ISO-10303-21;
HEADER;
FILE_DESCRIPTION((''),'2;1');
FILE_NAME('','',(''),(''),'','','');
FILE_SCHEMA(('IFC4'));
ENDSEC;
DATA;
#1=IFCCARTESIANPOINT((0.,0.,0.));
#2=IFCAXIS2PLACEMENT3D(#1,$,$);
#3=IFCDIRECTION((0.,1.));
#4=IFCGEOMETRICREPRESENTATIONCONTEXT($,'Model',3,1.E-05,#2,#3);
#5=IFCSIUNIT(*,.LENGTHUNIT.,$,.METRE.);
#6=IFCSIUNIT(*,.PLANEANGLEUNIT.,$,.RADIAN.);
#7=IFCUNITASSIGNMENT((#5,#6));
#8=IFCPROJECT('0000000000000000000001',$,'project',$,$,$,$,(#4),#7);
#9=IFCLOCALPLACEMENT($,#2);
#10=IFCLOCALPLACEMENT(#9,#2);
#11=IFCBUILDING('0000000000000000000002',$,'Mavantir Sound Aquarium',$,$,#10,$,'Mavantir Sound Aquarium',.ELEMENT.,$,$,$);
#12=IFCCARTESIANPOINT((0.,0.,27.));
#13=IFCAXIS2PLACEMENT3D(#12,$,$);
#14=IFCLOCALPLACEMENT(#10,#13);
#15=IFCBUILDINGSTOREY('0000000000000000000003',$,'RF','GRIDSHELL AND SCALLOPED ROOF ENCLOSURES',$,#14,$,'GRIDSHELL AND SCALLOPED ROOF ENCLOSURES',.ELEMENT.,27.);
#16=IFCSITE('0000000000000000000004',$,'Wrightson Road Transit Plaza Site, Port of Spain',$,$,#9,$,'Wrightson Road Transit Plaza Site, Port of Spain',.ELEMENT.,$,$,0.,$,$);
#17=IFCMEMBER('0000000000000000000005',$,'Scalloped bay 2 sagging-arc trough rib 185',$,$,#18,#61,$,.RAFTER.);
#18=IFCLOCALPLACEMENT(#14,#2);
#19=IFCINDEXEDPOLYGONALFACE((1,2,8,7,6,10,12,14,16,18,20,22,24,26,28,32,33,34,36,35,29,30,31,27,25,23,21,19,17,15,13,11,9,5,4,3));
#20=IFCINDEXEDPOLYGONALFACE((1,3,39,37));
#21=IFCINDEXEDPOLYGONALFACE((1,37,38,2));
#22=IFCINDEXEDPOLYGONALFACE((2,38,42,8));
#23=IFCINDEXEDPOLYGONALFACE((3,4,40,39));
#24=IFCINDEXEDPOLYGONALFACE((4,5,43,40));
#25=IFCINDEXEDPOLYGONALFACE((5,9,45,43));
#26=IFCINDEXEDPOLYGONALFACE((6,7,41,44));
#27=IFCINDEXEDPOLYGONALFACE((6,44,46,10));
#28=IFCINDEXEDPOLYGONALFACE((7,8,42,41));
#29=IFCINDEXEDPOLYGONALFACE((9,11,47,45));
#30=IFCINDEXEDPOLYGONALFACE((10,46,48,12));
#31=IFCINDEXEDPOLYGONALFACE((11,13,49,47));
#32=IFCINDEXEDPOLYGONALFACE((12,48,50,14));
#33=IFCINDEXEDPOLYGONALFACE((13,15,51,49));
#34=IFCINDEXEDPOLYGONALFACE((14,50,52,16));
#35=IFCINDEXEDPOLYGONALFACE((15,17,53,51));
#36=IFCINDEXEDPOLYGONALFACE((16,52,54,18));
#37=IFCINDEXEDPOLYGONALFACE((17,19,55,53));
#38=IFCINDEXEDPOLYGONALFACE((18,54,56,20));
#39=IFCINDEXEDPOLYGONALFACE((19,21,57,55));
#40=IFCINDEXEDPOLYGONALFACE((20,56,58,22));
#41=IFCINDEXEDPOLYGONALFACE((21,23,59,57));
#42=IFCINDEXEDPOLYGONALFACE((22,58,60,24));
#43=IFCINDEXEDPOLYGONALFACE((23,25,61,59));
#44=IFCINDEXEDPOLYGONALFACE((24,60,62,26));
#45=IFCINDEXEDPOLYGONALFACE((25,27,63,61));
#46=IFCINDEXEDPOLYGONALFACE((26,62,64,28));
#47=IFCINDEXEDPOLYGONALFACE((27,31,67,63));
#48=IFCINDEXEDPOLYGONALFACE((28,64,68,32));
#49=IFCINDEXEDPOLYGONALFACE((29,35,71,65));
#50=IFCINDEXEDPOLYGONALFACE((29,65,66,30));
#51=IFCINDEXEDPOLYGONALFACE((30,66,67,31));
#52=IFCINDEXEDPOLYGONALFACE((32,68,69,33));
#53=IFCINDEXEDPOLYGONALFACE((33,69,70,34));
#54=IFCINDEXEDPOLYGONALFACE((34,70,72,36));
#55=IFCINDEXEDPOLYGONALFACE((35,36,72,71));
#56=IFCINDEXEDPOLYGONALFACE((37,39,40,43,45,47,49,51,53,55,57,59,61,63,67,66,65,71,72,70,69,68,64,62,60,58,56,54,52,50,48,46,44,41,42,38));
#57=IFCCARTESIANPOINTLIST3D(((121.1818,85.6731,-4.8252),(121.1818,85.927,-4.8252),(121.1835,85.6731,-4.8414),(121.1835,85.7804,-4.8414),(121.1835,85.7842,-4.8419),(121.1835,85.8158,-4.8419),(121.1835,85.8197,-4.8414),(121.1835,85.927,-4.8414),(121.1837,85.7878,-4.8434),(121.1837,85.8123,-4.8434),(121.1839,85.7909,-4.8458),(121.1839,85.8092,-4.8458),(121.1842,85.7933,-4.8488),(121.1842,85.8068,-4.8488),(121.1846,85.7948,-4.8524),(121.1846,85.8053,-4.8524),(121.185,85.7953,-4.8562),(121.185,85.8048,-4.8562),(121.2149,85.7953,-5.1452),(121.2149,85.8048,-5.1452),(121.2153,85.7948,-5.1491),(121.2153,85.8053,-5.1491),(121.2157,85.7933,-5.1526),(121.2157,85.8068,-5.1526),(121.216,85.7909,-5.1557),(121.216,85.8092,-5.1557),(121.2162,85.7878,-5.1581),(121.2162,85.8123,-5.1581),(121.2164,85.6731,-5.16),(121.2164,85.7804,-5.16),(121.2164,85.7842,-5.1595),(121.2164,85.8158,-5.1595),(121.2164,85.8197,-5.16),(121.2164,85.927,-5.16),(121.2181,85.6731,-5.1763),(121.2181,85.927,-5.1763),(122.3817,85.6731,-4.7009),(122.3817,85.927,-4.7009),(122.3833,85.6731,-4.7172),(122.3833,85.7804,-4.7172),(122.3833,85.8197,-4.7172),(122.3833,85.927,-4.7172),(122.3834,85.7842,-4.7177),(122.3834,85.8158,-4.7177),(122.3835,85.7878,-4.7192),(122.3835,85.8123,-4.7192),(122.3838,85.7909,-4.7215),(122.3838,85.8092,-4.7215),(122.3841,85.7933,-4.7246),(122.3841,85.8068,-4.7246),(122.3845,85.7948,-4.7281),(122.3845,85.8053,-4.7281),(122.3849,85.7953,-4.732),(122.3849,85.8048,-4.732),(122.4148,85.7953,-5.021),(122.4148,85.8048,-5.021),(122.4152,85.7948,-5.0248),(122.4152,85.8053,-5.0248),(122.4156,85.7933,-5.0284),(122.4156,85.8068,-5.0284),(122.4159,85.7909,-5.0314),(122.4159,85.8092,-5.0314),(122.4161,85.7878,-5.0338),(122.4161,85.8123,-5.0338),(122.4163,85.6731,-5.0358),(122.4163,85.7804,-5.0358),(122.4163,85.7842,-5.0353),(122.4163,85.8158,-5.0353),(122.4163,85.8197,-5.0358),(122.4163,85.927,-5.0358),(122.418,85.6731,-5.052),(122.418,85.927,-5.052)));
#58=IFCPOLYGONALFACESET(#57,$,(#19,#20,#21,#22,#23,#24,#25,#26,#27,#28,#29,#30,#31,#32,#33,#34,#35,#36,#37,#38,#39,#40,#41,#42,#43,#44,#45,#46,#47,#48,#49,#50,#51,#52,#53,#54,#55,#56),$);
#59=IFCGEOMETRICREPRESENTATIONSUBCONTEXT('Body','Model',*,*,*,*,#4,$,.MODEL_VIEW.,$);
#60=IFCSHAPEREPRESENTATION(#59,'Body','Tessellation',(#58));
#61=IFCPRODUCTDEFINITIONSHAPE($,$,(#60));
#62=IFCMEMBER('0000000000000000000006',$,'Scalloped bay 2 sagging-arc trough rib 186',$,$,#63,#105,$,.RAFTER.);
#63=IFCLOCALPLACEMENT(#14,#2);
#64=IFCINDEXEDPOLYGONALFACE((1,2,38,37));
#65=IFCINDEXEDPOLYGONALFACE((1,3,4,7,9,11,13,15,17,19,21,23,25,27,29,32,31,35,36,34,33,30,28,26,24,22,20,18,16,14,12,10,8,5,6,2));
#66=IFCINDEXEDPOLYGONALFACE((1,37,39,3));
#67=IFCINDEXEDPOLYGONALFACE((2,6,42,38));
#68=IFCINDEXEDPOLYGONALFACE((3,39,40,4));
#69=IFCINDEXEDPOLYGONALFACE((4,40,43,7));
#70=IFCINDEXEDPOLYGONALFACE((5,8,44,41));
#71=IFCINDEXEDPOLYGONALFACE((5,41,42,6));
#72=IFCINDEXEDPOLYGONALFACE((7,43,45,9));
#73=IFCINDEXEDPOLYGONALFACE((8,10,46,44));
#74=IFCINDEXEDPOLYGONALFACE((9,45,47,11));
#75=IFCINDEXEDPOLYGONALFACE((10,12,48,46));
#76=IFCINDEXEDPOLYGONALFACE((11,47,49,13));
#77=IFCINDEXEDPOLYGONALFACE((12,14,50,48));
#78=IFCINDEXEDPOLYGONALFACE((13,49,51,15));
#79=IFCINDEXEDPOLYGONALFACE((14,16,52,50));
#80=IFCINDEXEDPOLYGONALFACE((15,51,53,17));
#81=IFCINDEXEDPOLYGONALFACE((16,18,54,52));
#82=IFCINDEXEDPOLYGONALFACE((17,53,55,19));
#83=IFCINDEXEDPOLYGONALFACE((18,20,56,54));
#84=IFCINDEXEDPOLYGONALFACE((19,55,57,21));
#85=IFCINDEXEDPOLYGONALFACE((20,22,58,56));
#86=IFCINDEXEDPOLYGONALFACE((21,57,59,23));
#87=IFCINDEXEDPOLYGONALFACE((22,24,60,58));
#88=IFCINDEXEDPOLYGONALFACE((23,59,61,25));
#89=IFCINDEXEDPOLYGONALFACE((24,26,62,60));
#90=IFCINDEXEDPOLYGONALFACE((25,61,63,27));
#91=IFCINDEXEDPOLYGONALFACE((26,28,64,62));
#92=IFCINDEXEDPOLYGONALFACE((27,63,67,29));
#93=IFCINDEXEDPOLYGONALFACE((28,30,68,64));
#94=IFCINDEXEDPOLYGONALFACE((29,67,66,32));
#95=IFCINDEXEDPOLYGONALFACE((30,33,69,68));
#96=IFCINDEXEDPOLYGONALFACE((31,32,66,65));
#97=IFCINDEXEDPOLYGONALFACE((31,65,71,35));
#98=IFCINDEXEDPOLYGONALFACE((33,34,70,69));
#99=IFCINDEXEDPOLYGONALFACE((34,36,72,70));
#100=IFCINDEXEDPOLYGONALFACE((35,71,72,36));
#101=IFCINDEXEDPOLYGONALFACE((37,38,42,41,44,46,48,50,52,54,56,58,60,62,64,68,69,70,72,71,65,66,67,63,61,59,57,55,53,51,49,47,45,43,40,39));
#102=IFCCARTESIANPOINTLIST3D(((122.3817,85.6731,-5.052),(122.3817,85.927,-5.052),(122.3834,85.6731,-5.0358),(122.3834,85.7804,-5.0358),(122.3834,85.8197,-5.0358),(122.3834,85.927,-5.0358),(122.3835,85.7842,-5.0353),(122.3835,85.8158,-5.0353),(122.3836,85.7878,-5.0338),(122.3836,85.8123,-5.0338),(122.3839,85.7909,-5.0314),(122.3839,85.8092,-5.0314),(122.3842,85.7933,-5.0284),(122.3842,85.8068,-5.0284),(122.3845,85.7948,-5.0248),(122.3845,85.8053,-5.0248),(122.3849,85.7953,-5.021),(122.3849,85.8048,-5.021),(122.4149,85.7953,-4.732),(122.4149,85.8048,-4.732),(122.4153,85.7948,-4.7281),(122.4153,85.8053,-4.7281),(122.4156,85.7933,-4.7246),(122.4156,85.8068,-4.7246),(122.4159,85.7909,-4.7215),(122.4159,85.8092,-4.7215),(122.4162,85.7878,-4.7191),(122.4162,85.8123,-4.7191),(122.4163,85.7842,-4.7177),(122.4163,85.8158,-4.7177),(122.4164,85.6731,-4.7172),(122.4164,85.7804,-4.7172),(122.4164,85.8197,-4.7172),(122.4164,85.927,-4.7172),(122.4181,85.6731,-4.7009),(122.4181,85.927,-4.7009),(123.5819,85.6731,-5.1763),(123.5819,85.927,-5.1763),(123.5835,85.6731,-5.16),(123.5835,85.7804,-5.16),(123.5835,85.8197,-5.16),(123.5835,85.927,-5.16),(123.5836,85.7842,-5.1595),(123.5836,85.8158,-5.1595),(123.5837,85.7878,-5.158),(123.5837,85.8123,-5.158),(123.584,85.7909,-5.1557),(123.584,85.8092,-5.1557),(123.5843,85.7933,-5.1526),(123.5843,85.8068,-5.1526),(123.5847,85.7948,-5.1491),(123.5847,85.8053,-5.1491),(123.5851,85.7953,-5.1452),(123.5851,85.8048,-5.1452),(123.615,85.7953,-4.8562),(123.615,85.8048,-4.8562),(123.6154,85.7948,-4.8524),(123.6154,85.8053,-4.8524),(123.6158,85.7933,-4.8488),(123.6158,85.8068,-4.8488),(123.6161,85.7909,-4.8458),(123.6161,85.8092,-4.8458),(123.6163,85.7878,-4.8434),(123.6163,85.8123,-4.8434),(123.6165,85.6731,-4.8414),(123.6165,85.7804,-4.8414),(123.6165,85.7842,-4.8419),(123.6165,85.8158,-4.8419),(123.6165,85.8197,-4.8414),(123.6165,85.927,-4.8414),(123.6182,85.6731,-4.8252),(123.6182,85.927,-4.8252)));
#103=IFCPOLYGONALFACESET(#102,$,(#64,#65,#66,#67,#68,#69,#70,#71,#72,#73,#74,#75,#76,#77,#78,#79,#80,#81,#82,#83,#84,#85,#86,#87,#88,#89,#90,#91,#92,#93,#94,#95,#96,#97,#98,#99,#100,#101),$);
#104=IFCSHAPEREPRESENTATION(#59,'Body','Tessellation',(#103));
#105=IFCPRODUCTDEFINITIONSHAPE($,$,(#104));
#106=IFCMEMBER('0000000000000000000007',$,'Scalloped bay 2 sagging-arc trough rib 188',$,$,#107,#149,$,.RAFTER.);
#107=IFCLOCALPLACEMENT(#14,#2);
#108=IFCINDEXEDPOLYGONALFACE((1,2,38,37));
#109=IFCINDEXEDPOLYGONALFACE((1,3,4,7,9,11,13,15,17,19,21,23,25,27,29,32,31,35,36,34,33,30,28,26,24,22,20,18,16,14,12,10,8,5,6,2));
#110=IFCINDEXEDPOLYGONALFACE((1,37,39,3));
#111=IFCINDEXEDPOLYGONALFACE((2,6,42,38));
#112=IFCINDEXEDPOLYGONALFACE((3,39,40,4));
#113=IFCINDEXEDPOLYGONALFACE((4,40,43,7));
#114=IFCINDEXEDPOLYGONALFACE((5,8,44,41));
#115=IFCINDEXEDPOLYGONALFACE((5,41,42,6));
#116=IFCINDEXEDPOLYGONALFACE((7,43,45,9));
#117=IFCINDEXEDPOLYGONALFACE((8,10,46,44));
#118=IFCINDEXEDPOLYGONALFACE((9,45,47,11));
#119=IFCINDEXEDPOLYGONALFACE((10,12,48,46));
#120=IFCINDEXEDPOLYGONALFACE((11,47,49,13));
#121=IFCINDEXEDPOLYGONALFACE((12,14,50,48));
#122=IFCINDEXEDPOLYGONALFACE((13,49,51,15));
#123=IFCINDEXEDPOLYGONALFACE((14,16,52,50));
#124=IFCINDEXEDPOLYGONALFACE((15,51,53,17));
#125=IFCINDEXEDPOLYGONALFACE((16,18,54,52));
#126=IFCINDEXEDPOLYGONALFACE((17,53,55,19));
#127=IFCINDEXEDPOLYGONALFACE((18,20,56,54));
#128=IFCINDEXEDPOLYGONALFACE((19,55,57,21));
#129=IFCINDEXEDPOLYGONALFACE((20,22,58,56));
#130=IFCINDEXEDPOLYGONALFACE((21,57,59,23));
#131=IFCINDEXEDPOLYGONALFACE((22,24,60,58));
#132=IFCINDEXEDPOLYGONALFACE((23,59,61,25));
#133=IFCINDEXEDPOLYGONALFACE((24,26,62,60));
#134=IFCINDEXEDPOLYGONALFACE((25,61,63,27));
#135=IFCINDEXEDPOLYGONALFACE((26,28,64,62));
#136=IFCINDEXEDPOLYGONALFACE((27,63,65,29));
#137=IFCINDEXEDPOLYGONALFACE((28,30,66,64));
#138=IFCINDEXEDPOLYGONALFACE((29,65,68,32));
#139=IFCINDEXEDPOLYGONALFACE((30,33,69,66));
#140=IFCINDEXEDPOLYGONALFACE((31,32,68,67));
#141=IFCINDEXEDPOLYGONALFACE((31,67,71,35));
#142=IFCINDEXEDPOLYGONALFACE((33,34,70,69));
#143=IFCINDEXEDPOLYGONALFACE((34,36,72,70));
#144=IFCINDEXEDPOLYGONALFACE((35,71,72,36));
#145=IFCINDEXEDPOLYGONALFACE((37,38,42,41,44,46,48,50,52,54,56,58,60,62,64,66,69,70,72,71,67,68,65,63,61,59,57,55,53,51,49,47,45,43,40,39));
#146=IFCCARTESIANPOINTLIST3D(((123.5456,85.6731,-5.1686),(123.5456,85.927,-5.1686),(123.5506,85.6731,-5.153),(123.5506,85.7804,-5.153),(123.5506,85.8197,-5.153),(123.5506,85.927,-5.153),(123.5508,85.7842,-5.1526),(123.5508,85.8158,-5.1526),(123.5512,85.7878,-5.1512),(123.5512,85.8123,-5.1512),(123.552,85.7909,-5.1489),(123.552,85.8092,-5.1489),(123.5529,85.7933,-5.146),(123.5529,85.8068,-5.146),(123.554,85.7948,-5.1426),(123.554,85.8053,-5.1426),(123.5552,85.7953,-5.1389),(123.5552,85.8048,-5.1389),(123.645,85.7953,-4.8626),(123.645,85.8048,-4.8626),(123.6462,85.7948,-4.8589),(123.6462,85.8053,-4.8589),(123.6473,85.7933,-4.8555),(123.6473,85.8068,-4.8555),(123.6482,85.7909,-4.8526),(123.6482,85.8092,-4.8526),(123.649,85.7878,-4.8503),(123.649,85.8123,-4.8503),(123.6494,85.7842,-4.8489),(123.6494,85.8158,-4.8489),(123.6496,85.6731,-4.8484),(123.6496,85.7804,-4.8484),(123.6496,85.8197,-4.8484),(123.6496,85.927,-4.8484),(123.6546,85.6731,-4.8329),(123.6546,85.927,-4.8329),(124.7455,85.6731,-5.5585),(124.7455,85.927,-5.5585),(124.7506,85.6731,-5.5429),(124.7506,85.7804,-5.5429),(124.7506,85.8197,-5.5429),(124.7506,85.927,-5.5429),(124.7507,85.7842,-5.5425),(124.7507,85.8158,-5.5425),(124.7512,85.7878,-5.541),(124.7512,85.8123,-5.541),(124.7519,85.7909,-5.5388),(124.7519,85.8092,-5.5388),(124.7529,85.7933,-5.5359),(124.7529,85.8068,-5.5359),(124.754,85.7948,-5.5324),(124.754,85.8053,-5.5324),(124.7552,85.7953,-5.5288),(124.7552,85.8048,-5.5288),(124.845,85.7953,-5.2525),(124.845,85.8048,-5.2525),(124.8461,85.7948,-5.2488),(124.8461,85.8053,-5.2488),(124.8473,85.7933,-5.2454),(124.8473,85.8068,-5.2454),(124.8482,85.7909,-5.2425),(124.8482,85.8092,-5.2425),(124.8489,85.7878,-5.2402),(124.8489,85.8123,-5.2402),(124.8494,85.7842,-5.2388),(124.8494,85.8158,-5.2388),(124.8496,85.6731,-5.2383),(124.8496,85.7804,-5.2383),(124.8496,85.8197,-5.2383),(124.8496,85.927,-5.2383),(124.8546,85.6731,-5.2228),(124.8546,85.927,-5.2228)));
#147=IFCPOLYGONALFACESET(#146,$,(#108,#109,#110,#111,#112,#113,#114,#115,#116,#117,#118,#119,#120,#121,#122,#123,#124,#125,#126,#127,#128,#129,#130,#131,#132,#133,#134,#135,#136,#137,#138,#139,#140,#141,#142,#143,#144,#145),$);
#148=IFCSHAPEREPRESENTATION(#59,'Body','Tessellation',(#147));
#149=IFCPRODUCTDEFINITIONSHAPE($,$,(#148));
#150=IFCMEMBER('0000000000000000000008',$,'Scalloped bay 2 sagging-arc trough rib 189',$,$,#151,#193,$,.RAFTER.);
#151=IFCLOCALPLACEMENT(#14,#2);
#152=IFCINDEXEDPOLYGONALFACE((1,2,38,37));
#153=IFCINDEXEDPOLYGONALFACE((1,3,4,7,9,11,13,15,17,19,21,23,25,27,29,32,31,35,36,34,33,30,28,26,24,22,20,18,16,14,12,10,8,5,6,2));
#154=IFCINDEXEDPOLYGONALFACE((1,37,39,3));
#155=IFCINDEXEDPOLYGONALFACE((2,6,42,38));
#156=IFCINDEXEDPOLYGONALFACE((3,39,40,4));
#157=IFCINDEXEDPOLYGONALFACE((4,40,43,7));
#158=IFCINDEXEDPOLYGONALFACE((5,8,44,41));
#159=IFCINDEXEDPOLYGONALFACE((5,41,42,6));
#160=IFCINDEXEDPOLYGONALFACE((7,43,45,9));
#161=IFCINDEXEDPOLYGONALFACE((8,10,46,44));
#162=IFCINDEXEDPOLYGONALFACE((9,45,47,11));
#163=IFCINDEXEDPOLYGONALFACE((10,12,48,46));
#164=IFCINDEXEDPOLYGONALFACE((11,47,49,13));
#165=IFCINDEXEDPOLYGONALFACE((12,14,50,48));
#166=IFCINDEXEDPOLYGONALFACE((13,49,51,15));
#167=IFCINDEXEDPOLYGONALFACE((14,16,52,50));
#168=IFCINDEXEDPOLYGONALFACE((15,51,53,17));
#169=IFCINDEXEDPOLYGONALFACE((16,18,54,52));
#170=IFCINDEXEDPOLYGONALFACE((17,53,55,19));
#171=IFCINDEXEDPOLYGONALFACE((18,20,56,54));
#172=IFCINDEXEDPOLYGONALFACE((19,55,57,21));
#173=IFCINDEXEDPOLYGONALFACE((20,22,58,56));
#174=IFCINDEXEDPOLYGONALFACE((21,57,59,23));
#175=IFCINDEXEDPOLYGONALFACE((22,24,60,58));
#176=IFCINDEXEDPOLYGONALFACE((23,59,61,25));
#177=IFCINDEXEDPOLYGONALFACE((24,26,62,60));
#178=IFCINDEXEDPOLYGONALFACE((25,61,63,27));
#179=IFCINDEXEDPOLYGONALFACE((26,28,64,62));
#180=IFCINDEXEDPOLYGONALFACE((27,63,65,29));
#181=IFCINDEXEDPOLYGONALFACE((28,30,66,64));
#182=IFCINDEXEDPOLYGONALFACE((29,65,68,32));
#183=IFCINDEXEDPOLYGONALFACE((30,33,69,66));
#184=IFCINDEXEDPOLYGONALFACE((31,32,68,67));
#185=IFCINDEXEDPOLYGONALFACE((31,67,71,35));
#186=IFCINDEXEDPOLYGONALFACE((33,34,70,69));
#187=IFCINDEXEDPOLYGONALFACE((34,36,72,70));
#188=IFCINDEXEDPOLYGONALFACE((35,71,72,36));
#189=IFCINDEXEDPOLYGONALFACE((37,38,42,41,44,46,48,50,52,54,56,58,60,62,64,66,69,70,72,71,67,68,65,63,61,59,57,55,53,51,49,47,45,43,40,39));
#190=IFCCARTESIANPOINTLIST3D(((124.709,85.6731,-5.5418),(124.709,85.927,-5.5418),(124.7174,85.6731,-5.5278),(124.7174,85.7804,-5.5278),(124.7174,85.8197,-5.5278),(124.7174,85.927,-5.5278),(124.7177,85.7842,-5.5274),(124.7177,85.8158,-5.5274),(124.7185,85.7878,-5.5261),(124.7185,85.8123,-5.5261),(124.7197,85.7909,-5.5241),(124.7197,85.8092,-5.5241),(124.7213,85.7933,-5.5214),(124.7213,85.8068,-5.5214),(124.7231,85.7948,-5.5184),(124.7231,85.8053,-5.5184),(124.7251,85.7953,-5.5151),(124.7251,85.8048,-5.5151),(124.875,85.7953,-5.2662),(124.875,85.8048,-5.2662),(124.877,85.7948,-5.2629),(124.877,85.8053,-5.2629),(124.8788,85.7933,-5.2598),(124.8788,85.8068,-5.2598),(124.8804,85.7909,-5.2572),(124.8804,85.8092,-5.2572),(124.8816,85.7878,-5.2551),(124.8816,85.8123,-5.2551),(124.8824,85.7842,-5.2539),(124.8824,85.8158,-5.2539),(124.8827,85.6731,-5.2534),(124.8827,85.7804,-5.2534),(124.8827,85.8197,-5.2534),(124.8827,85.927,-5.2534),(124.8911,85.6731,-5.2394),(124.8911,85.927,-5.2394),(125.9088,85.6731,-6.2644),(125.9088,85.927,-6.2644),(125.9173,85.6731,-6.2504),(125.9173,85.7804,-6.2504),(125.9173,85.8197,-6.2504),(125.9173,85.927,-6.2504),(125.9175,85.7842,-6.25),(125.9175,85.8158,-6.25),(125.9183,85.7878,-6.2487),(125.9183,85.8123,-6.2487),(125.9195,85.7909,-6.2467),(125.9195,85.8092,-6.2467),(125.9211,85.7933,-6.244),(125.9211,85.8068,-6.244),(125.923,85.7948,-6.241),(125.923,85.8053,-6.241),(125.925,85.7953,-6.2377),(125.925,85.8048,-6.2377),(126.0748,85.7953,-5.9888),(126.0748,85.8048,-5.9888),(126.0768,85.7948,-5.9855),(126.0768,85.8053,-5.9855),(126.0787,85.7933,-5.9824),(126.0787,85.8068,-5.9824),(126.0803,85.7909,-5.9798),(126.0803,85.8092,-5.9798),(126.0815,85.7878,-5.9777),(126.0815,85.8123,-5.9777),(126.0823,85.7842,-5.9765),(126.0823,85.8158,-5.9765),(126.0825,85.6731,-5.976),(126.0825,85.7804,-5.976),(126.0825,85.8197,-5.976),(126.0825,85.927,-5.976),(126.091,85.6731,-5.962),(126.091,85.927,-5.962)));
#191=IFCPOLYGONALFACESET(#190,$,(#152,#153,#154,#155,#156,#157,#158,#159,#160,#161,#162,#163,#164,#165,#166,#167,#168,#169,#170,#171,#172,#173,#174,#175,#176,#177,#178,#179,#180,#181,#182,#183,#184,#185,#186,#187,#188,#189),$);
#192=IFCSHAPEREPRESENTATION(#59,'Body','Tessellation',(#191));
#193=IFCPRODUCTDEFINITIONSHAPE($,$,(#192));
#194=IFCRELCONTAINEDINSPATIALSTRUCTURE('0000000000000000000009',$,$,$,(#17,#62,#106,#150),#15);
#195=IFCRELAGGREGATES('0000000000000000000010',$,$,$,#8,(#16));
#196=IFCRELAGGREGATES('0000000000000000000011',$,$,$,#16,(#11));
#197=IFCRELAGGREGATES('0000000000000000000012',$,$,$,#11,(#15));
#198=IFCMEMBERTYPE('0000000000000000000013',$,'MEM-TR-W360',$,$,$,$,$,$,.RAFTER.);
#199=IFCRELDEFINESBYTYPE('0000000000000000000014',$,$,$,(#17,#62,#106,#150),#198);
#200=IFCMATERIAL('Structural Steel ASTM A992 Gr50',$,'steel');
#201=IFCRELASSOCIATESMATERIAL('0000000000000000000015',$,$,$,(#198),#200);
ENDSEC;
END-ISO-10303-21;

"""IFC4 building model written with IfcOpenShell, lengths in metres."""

from ifc_helpers import new_model, si_unit, direction, frame, origin, origin_2d, place, context, subcontext, project, spatial, i_section, extrude, material, material_profile, profile_set, type_object, element, save


model = new_model("IFC4")

# Units and contexts
model_context = context("Model", 3, precision=1e-05, world=origin(), true_north=direction((0.0, 1.0)))
body_context = subcontext(model_context, "Body", "Model", "MODEL_VIEW")
ifc_project = project(units=[si_unit("LENGTHUNIT", "METRE"), si_unit("PLANEANGLEUNIT", "RADIAN")], contexts=[model_context])

# Site, building, storey
site_placement = place(None, origin())
site = spatial("IfcSite", under=ifc_project, at=site_placement, Name="Wrightson Road Transit Plaza Site, Port of Spain", LongName="Wrightson Road Transit Plaza Site, Port of Spain", CompositionType="ELEMENT", RefElevation=0.0)
building_placement = place(site_placement, origin())
building = spatial("IfcBuilding", under=site, at=building_placement, Name="Mavantir Sound Aquarium", LongName="Mavantir Sound Aquarium", CompositionType="ELEMENT")
storey_placement = place(building_placement, frame((0.0, 0.0, 27.0)))
storey = spatial("IfcBuildingStorey", under=building, at=storey_placement, Name="RF", Description="GRIDSHELL AND SCALLOPED ROOF ENCLOSURES", LongName="GRIDSHELL AND SCALLOPED ROOF ENCLOSURES", CompositionType="ELEMENT", Elevation=27.0)

# Shared definitions
ifc_material_1 = material(Name="Structural Steel ASTM A992 Gr50", Category="steel")

# Members
ifc_material_profile_1 = material_profile(ifc_material_1, i_section(OverallWidth=0.2539, OverallDepth=0.353, WebThickness=0.0095, FlangeThickness=0.0164, FilletRadius=0.0149, at=origin_2d()), Name="W360X91")
ifc_profile_set_1 = profile_set([ifc_material_profile_1], Name="Structural Steel ASTM A992 Gr50")
member_type_1 = type_object("IfcMemberType", Name="MEM-TR-W360", PredefinedType="RAFTER", material=ifc_profile_set_1)
member_1_placement = place(storey_placement, frame((121.2, 85.8, -5.0007), z_axis=(0.99468, 0.0, 0.10301), x_axis=(0.0, 1.0, 0.0)))
element("IfcMember", 1, at=member_1_placement, inside=storey, type_object=member_type_1, Name="Scalloped bay 2 sagging-arc trough rib 185", PredefinedType="RAFTER", context=body_context, shape_type="SweptSolid", body=[
    extrude(i_section(OverallWidth=0.2539, OverallDepth=0.353, WebThickness=0.0095, FlangeThickness=0.0164, FilletRadius=0.0149, at=origin_2d()), origin(), (0.0, 0.0, 1.0), 1.2063),
])
member_2_placement = place(storey_placement, frame((122.3999, 85.8, -4.8765), z_axis=(0.994683, 0.0, -0.102989), x_axis=(0.0, 1.0, 0.0)))
element("IfcMember", 2, at=member_2_placement, inside=storey, type_object=member_type_1, Name="Scalloped bay 2 sagging-arc trough rib 186", PredefinedType="RAFTER", context=body_context, shape_type="SweptSolid", body=[
    extrude(i_section(OverallWidth=0.2539, OverallDepth=0.353, WebThickness=0.0095, FlangeThickness=0.0164, FilletRadius=0.0149, at=origin_2d()), origin(), (0.0, 0.0, 1.0), 1.2065),
])
member_3_placement = place(storey_placement, frame((123.6001, 85.8, -5.0007), z_axis=(0.951055, 0.0, -0.30902), x_axis=(0.0, 1.0, 0.0)))
element("IfcMember", 3, at=member_3_placement, inside=storey, type_object=member_type_1, Name="Scalloped bay 2 sagging-arc trough rib 188", PredefinedType="RAFTER", context=body_context, shape_type="SweptSolid", body=[
    extrude(i_section(OverallWidth=0.2539, OverallDepth=0.353, WebThickness=0.0095, FlangeThickness=0.0164, FilletRadius=0.0149, at=origin_2d()), origin(), (0.0, 0.0, 1.0), 1.2617),
])
member_4_placement = place(storey_placement, frame((124.8, 85.8, -5.3906), z_axis=(0.856646, 0.0, -0.515905), x_axis=(0.0, 1.0, 0.0)))
element("IfcMember", 4, at=member_4_placement, inside=storey, type_object=member_type_1, Name="Scalloped bay 2 sagging-arc trough rib 189", PredefinedType="RAFTER", context=body_context, shape_type="SweptSolid", body=[
    extrude(i_section(OverallWidth=0.2539, OverallDepth=0.353, WebThickness=0.0095, FlangeThickness=0.0164, FilletRadius=0.0149, at=origin_2d()), origin(), (0.0, 0.0, 1.0), 1.4006),
])

save(model, "model.ifc")
